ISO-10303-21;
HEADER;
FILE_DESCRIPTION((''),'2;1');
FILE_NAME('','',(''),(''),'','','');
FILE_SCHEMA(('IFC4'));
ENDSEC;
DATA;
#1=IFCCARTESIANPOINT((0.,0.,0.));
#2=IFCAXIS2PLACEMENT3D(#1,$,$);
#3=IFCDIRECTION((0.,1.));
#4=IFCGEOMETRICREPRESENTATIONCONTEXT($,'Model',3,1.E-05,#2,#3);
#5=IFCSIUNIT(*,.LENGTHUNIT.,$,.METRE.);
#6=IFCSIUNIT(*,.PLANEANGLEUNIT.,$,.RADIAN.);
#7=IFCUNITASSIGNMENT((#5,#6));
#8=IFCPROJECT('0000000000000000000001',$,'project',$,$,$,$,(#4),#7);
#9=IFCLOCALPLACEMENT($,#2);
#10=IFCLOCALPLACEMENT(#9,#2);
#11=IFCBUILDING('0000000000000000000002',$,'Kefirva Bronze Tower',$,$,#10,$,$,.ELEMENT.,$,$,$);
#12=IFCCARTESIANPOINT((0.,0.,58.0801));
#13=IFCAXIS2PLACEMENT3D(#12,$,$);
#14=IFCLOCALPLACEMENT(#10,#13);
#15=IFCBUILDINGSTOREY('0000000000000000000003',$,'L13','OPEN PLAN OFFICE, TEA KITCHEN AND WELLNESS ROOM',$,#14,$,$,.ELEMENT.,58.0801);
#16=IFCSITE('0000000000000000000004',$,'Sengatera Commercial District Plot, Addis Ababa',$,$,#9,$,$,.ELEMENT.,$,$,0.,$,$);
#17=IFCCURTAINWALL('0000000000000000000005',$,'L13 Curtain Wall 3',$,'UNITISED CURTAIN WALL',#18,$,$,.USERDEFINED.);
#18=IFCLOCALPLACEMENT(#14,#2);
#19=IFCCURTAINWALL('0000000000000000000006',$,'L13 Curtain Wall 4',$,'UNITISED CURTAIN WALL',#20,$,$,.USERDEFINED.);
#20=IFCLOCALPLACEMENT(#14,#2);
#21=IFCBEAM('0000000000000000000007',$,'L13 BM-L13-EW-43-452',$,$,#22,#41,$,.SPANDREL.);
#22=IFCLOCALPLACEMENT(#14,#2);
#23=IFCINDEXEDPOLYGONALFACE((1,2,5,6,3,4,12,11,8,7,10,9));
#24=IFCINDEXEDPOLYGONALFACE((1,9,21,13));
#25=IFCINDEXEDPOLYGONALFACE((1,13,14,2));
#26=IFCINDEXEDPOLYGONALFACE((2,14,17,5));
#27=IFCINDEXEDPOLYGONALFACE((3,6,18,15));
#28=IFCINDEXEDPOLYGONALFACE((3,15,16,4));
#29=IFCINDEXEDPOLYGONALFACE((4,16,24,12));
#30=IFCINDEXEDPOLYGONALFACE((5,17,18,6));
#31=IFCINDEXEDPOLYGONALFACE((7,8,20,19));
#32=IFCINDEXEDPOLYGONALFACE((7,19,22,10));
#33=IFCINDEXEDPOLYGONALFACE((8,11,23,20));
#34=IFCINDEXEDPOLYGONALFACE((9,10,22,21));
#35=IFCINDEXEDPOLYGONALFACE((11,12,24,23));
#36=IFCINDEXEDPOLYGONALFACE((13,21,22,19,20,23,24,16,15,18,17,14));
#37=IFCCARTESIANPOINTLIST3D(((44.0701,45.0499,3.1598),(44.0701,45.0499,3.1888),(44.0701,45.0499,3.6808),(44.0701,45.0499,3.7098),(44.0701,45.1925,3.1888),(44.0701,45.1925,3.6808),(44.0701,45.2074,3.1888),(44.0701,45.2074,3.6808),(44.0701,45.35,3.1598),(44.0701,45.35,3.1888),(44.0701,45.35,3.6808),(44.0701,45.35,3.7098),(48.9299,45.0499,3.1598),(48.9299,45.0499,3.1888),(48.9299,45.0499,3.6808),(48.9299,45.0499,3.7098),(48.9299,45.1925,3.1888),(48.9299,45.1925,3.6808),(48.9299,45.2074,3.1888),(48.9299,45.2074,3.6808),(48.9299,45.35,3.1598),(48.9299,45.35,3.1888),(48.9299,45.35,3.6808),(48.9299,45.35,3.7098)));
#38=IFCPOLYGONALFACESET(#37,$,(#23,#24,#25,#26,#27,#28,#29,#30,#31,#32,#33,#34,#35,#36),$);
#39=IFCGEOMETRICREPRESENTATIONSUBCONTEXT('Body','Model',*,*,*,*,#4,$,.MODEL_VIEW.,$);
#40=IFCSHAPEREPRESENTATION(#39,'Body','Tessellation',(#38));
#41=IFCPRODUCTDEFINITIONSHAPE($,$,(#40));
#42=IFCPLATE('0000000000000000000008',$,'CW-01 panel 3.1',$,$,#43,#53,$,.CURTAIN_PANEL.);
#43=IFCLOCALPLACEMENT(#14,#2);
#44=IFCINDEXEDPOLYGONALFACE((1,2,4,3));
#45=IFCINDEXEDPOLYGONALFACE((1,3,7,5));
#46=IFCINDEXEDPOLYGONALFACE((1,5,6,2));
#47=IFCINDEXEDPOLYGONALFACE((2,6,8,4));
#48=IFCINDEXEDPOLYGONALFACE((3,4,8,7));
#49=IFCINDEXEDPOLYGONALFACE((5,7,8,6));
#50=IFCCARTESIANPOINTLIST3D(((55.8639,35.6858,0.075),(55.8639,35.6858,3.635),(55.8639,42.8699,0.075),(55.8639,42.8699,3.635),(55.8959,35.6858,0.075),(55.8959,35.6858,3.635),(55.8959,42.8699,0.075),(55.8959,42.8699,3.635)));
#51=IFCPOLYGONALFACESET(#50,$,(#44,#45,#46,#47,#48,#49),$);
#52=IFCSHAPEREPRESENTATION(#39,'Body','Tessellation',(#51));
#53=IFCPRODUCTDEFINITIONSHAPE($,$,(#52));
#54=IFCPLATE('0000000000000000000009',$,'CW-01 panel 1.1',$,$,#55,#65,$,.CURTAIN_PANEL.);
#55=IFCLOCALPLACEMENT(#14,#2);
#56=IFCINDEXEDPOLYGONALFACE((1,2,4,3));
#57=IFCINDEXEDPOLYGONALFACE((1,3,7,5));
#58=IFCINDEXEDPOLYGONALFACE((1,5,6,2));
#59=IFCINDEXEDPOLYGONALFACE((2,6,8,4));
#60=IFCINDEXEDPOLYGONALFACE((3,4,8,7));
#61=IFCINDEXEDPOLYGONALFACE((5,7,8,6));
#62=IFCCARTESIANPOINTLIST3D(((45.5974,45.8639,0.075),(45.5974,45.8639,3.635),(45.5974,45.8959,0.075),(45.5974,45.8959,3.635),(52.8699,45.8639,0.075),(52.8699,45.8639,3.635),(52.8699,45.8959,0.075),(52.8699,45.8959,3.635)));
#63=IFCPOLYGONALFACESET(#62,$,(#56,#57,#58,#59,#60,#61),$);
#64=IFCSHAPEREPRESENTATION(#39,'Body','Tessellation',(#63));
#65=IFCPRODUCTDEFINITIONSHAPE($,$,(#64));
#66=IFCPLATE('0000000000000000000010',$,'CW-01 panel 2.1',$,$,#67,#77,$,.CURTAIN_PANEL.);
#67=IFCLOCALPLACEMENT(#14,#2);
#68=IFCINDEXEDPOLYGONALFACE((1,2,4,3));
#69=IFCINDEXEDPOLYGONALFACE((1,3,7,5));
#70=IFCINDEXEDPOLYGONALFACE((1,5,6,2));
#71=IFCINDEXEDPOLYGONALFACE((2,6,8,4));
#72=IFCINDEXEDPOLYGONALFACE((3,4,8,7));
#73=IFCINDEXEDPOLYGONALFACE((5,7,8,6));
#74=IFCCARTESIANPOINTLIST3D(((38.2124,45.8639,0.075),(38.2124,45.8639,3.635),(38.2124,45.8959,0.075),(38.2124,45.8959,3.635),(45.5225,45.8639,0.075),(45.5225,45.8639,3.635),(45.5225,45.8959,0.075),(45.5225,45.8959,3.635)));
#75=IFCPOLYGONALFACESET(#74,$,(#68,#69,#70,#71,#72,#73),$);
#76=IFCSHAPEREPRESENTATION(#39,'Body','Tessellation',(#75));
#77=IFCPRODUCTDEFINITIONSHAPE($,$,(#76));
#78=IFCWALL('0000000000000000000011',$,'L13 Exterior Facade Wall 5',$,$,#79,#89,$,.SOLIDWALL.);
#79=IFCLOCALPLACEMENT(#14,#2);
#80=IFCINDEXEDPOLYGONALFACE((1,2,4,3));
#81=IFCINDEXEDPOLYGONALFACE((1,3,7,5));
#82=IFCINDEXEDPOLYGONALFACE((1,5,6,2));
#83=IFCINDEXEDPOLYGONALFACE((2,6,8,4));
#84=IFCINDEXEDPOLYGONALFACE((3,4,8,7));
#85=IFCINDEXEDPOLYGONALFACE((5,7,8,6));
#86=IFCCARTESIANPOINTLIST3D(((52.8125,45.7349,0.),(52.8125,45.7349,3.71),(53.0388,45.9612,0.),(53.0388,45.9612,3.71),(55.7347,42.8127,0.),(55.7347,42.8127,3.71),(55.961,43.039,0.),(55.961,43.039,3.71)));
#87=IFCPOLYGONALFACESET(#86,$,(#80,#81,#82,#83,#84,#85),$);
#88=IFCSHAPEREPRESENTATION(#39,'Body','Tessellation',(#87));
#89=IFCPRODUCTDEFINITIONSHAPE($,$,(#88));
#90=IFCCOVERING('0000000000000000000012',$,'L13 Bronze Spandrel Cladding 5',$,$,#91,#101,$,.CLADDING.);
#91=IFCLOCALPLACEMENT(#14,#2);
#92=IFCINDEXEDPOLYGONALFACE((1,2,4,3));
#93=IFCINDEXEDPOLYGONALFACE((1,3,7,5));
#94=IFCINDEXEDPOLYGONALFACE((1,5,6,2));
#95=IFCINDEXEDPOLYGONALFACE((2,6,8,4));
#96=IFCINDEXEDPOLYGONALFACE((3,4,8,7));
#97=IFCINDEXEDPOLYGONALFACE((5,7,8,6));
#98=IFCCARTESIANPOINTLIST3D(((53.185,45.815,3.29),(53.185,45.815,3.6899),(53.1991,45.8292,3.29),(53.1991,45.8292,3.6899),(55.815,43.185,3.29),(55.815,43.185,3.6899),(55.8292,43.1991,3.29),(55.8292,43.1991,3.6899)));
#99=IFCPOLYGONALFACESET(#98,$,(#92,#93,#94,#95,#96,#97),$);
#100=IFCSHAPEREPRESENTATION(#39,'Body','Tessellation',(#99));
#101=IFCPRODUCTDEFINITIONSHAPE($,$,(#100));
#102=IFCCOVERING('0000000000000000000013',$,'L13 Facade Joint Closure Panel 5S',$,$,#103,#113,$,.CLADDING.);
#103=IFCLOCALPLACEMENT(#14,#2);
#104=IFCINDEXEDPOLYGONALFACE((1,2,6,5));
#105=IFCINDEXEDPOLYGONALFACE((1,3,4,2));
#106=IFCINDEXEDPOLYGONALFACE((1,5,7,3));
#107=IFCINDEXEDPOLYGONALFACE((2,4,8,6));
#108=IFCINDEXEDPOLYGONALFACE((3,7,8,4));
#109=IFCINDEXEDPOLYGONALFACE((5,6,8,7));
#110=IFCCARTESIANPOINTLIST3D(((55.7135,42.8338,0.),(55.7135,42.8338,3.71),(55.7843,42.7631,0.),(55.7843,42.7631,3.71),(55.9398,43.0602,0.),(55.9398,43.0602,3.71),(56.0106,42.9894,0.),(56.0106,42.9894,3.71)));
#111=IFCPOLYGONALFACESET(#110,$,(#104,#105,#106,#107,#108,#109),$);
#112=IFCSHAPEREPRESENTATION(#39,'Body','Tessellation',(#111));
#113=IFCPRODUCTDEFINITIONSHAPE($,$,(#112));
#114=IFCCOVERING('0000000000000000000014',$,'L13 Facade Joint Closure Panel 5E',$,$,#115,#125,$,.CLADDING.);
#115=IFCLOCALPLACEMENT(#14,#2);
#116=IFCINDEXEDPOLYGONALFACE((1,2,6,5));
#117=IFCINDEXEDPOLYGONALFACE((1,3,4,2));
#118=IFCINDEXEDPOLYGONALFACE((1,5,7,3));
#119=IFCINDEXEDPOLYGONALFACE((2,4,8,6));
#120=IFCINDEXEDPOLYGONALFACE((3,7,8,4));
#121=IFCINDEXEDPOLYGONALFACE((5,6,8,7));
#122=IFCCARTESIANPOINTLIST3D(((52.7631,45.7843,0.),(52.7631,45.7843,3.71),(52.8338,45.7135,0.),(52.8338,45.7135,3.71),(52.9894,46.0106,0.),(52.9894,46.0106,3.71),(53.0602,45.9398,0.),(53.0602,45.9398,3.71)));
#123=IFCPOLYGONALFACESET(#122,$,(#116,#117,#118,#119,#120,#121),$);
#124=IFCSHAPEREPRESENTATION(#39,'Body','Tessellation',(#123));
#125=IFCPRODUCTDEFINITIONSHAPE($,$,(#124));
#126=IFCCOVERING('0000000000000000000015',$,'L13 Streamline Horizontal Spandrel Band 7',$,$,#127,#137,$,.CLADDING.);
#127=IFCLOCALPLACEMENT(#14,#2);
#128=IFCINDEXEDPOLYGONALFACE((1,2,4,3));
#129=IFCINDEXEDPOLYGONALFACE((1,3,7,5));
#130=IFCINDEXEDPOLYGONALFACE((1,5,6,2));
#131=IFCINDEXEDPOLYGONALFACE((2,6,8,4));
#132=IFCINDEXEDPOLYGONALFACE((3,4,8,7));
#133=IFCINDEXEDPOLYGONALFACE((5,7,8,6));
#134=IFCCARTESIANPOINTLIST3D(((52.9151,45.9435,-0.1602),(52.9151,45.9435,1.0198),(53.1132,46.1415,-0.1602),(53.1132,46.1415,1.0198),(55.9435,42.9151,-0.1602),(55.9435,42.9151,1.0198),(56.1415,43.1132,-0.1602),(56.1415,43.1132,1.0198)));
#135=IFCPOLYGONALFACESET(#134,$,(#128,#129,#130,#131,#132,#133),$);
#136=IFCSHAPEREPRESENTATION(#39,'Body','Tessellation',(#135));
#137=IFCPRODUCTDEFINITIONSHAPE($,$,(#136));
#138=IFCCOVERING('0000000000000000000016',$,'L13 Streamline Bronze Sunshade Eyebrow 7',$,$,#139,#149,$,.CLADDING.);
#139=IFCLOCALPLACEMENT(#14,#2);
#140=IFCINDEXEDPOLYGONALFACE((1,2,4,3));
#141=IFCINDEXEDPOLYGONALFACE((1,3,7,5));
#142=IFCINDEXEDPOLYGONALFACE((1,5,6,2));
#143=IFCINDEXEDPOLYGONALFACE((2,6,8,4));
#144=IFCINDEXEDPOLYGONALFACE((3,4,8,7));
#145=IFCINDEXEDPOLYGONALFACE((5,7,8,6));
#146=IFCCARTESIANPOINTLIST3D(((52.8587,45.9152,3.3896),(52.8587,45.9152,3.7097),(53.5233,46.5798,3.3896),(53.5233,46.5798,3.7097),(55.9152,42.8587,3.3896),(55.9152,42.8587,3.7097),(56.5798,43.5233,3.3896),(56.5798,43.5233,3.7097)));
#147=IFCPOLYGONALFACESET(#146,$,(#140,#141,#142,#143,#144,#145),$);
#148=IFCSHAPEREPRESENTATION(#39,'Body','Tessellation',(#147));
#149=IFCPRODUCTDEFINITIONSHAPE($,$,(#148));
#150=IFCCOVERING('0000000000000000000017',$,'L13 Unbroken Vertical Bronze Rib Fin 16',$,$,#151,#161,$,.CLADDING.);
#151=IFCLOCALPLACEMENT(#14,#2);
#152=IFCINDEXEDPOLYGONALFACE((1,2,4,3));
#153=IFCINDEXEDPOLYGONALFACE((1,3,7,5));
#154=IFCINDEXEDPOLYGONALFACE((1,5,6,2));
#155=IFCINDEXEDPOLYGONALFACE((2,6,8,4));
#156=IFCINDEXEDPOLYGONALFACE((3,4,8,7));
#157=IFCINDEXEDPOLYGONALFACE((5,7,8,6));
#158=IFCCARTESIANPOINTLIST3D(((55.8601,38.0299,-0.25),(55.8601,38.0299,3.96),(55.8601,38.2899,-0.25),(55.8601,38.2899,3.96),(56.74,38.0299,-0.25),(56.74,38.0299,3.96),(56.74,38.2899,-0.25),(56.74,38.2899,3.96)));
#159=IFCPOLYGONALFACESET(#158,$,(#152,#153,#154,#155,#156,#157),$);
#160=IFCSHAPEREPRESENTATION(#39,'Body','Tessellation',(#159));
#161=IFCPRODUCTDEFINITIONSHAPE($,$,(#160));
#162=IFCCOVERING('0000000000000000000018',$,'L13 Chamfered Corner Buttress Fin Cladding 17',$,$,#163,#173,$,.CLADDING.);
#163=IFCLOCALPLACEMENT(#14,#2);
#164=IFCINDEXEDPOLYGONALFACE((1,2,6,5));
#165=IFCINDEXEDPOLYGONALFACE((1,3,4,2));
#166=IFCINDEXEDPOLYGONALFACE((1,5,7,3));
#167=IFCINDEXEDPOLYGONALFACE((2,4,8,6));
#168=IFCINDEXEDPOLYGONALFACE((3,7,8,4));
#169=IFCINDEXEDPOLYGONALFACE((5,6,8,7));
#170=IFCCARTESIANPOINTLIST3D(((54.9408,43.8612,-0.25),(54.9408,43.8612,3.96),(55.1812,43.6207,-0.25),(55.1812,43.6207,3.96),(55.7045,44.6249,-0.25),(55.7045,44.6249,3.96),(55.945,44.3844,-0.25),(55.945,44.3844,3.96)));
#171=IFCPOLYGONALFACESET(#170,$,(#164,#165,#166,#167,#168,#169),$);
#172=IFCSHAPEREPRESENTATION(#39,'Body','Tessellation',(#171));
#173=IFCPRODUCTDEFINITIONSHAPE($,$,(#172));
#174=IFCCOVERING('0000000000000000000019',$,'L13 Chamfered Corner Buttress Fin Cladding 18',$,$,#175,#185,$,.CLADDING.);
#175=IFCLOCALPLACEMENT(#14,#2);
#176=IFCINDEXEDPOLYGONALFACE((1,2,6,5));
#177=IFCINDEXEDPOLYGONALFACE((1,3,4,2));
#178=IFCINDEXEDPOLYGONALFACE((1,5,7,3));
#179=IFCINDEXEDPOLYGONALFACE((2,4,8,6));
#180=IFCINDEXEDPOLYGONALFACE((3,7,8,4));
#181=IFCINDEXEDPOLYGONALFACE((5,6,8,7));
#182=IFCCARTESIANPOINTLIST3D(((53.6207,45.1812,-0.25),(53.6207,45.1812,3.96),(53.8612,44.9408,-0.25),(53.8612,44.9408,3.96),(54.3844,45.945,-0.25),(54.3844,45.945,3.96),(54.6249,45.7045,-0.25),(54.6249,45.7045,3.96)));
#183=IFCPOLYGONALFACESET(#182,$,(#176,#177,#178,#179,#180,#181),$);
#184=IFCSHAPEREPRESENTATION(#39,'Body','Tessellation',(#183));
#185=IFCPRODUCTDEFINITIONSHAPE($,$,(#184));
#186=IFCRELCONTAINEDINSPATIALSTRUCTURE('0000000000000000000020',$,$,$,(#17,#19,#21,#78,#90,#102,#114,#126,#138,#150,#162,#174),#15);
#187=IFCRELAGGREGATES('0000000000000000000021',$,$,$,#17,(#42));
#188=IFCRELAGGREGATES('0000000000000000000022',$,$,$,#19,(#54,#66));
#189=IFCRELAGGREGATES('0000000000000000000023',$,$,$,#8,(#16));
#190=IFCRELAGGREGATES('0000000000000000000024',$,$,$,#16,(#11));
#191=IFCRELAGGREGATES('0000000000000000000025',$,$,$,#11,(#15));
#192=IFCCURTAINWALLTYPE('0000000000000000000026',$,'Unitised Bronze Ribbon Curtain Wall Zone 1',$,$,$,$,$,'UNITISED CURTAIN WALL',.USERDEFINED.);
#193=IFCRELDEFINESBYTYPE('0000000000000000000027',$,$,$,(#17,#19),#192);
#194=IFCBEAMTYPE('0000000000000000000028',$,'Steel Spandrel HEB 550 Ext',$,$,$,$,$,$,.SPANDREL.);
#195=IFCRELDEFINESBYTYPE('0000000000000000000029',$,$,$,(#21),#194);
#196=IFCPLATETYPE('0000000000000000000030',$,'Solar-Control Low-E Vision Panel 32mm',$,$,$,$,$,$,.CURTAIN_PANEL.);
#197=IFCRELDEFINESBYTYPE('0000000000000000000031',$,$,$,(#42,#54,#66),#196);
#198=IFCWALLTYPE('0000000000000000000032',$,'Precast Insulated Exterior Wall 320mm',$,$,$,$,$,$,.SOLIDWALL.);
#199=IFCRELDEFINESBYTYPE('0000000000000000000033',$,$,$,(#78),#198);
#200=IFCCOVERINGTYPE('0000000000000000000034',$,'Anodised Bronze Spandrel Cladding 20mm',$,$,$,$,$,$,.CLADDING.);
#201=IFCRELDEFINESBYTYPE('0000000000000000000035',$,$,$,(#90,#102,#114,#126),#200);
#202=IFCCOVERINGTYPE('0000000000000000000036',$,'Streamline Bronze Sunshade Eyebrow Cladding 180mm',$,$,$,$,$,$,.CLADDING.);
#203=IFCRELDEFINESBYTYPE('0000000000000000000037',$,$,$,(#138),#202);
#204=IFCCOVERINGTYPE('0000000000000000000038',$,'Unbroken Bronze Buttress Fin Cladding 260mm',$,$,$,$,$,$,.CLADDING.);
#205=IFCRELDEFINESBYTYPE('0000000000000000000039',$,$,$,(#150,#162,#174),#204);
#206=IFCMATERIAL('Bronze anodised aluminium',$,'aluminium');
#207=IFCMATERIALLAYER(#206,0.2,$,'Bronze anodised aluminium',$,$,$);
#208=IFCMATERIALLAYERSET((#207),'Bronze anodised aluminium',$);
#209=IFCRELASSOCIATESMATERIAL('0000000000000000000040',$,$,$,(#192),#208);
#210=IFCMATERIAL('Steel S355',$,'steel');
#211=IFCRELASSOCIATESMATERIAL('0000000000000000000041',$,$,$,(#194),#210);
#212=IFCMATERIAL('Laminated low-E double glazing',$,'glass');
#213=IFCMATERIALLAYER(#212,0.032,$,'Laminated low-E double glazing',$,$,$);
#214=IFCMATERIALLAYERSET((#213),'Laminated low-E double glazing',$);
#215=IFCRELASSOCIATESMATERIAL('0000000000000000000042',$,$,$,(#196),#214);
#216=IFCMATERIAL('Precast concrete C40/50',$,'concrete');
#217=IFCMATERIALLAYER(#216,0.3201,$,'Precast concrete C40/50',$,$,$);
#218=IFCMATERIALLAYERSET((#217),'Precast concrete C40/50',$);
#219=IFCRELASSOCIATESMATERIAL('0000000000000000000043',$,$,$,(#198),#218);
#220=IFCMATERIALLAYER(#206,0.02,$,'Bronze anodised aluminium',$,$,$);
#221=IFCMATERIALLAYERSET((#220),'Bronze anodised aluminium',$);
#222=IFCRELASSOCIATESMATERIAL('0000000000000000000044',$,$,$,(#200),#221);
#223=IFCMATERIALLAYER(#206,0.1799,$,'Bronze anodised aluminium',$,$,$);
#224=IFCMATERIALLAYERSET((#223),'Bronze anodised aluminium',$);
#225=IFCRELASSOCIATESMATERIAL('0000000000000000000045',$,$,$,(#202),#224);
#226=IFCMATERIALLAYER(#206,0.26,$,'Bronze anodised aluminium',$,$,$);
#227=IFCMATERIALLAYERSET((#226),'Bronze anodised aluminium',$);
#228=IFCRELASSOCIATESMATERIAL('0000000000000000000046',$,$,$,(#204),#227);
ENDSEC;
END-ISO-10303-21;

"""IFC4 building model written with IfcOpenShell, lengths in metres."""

from ifc_helpers import new_model, si_unit, direction, frame, frame_2d, origin, origin_2d, place, context, subcontext, project, spatial, rectangle, i_section, extrude, material, layer, layer_set, material_profile, profile_set, type_object, element, aggregate, save


model = new_model("IFC4")

# Units and contexts
model_context = context("Model", 3, precision=1e-05, world=origin(), true_north=direction((0.0, 1.0)))
body_context = subcontext(model_context, "Body", "Model", "MODEL_VIEW")
ifc_project = project(units=[si_unit("LENGTHUNIT", "METRE"), si_unit("PLANEANGLEUNIT", "RADIAN")], contexts=[model_context])

# Site, building, storey
site_placement = place(None, origin())
site = spatial("IfcSite", under=ifc_project, at=site_placement, Name="Sengatera Commercial District Plot, Addis Ababa", CompositionType="ELEMENT", RefElevation=0.0)
building_placement = place(site_placement, origin())
building = spatial("IfcBuilding", under=site, at=building_placement, Name="Kefirva Bronze Tower", CompositionType="ELEMENT")
storey_placement = place(building_placement, frame((0.0, 0.0, 58.0801)))
storey = spatial("IfcBuildingStorey", under=building, at=storey_placement, Name="L13", Description="OPEN PLAN OFFICE, TEA KITCHEN AND WELLNESS ROOM", CompositionType="ELEMENT", Elevation=58.0801)

# Curtain wall
ifc_material_1 = material(Name="Bronze anodised aluminium", Category="aluminium")
ifc_layer_1 = layer(ifc_material_1, 0.2, Name="Bronze anodised aluminium")
ifc_layer_set_1 = layer_set([ifc_layer_1], Name="Bronze anodised aluminium")
curtain_wall_type = type_object("IfcCurtainWallType", Name="Unitised Bronze Ribbon Curtain Wall Zone 1", ElementType="UNITISED CURTAIN WALL", PredefinedType="USERDEFINED", material=ifc_layer_set_1)
curtain_wall_1_placement = place(storey_placement, origin())
curtain_wall_1 = element("IfcCurtainWall", 1, at=curtain_wall_1_placement, inside=storey, type_object=curtain_wall_type, Name="L13 Curtain Wall 3", ObjectType="UNITISED CURTAIN WALL", PredefinedType="USERDEFINED")

# Curtain wall
curtain_wall_2_placement = place(storey_placement, origin())
curtain_wall_2 = element("IfcCurtainWall", 2, at=curtain_wall_2_placement, inside=storey, type_object=curtain_wall_type, Name="L13 Curtain Wall 4", ObjectType="UNITISED CURTAIN WALL", PredefinedType="USERDEFINED")

# Beam
ifc_material_2 = material(Name="Steel S355", Category="steel")
ifc_material_profile_1 = material_profile(ifc_material_2, i_section(OverallWidth=0.3, OverallDepth=0.55, WebThickness=0.0149, FlangeThickness=0.0291, at=origin_2d()), Name="HEB 550")
ifc_profile_set_1 = profile_set([ifc_material_profile_1], Name="Steel S355")
beam_type_1 = type_object("IfcBeamType", Name="Steel Spandrel HEB 550 Ext", PredefinedType="SPANDREL", material=ifc_profile_set_1)
beam_1_placement = place(storey_placement, frame((44.0701, 45.2, 3.4348), z_axis=(1.0, 0.0, 0.0), x_axis=(0.0, 1.0, 0.0)))
element("IfcBeam", 3, at=beam_1_placement, inside=storey, type_object=beam_type_1, Name="L13 BM-L13-EW-43-452", PredefinedType="SPANDREL", context=body_context, shape_type="SweptSolid", body=[
    extrude(i_section(OverallWidth=0.3, OverallDepth=0.55, WebThickness=0.0149, FlangeThickness=0.0291, at=origin_2d()), origin(), (0.0, 0.0, 1.0), 4.8599),
])

# Plates
ifc_material_3 = material(Name="Laminated low-E double glazing", Category="glass")
ifc_layer_2 = layer(ifc_material_3, 0.032, Name="Laminated low-E double glazing")
ifc_layer_set_2 = layer_set([ifc_layer_2], Name="Laminated low-E double glazing")
plate_type = type_object("IfcPlateType", Name="Solar-Control Low-E Vision Panel 32mm", PredefinedType="CURTAIN_PANEL", material=ifc_layer_set_2)
plate_1_placement = place(storey_placement, frame((55.8799, 39.2778, 0.075), z_axis=(0.0, 0.0, 1.0), x_axis=(0.0, 1.0, 0.0)))
plate_1 = element("IfcPlate", 4, at=plate_1_placement, type_object=plate_type, Name="CW-01 panel 3.1", PredefinedType="CURTAIN_PANEL", context=body_context, shape_type="SweptSolid", body=[
    extrude(rectangle(XDim=7.1841, YDim=0.032, at=origin_2d()), origin(), (0.0, 0.0, 1.0), 3.5601),
])
aggregate(curtain_wall_1, [plate_1])
plate_2_placement = place(storey_placement, frame((49.2336, 45.8799, 0.075), z_axis=(0.0, 0.0, 1.0), x_axis=(-1.0, 0.0, 0.0)))
plate_2 = element("IfcPlate", 5, at=plate_2_placement, type_object=plate_type, Name="CW-01 panel 1.1", PredefinedType="CURTAIN_PANEL", context=body_context, shape_type="SweptSolid", body=[
    extrude(rectangle(XDim=7.2725, YDim=0.032, at=origin_2d()), origin(), (0.0, 0.0, 1.0), 3.5601),
])
plate_3_placement = place(storey_placement, frame((41.8674, 45.8799, 0.075), z_axis=(0.0, 0.0, 1.0), x_axis=(-1.0, 0.0, 0.0)))
plate_3 = element("IfcPlate", 6, at=plate_3_placement, type_object=plate_type, Name="CW-01 panel 2.1", PredefinedType="CURTAIN_PANEL", context=body_context, shape_type="SweptSolid", body=[
    extrude(rectangle(XDim=7.3101, YDim=0.032, at=origin_2d()), origin(), (0.0, 0.0, 1.0), 3.5601),
])
aggregate(curtain_wall_2, [plate_2, plate_3])

# Wall
ifc_material_4 = material(Name="Precast concrete C40/50", Category="concrete")
ifc_layer_3 = layer(ifc_material_4, 0.3201, Name="Precast concrete C40/50")
ifc_layer_set_3 = layer_set([ifc_layer_3], Name="Precast concrete C40/50")
wall_type = type_object("IfcWallType", Name="Precast Insulated Exterior Wall 320mm", PredefinedType="SOLIDWALL", material=ifc_layer_set_3)
wall_placement = place(storey_placement, frame((55.8479, 42.9258, 0.0), z_axis=(0.0, 0.0, 1.0), x_axis=(-0.707107, 0.707107, 0.0)))
element("IfcWall", 7, at=wall_placement, inside=storey, type_object=wall_type, Name="L13 Exterior Facade Wall 5", PredefinedType="SOLIDWALL", context=body_context, shape_type="SweptSolid", body=[
    extrude(rectangle(XDim=4.1326, YDim=0.3201, at=frame_2d((2.0664, 0.0))), origin(), (0.0, 0.0, 1.0), 3.71),
])

# Coverings
ifc_layer_4 = layer(ifc_material_1, 0.02, Name="Bronze anodised aluminium")
ifc_layer_set_4 = layer_set([ifc_layer_4], Name="Bronze anodised aluminium")
covering_type_1 = type_object("IfcCoveringType", Name="Anodised Bronze Spandrel Cladding 20mm", PredefinedType="CLADDING", material=ifc_layer_set_4)
covering_1_placement = place(storey_placement, frame((54.5071, 44.5071, 3.29), z_axis=(0.0, 0.0, 1.0), x_axis=(-0.707107, 0.707107, 0.0)))
element("IfcCovering", 8, at=covering_1_placement, inside=storey, type_object=covering_type_1, Name="L13 Bronze Spandrel Cladding 5", PredefinedType="CLADDING", context=body_context, shape_type="SweptSolid", body=[
    extrude(rectangle(XDim=3.7195, YDim=0.02, at=origin_2d()), origin(), (0.0, 0.0, 1.0), 0.3999),
])
for number, where, z_axis, x_axis, name in (
    (9, (55.8621, 42.9116, 0.0), (0.0, 0.0, 1.0), (-0.707107, 0.707107, 0.0), "L13 Facade Joint Closure Panel 5S"),
    (10, (52.9116, 45.8621, 0.0), (0.0, 0.0, 1.0), (-0.707107, 0.707107, 0.0), "L13 Facade Joint Closure Panel 5E"),
):
    element("IfcCovering", number, at=place(storey_placement, frame(where, z_axis=z_axis, x_axis=x_axis)), inside=storey, type_object=covering_type_1, Name=name, PredefinedType="CLADDING", context=body_context, shape_type="SweptSolid", body=[
        extrude(rectangle(XDim=0.1001, YDim=0.3201, at=origin_2d()), origin(), (0.0, 0.0, 1.0), 3.71),
    ])
covering_2_placement = place(storey_placement, frame((54.5283, 44.5283, -0.1602), z_axis=(0.0, 0.0, 1.0), x_axis=(-0.707107, 0.707107, 0.0)))
element("IfcCovering", 11, at=covering_2_placement, inside=storey, type_object=covering_type_1, Name="L13 Streamline Horizontal Spandrel Band 7", PredefinedType="CLADDING", context=body_context, shape_type="SweptSolid", body=[
    extrude(rectangle(XDim=4.2827, YDim=0.28, at=origin_2d()), origin(), (0.0, 0.0, 1.0), 1.1799),
])
ifc_layer_5 = layer(ifc_material_1, 0.1799, Name="Bronze anodised aluminium")
ifc_layer_set_5 = layer_set([ifc_layer_5], Name="Bronze anodised aluminium")
covering_type_2 = type_object("IfcCoveringType", Name="Streamline Bronze Sunshade Eyebrow Cladding 180mm", PredefinedType="CLADDING", material=ifc_layer_set_5)
covering_3_placement = place(storey_placement, frame((54.7192, 44.7192, 3.3896), z_axis=(0.0, 0.0, 1.0), x_axis=(-0.707107, 0.707107, 0.0)))
element("IfcCovering", 12, at=covering_3_placement, inside=storey, type_object=covering_type_2, Name="L13 Streamline Bronze Sunshade Eyebrow 7", PredefinedType="CLADDING", context=body_context, shape_type="SweptSolid", body=[
    extrude(rectangle(XDim=4.3225, YDim=0.9399, at=origin_2d()), origin(), (0.0, 0.0, 1.0), 0.3201),
])
ifc_layer_6 = layer(ifc_material_1, 0.26, Name="Bronze anodised aluminium")
ifc_layer_set_6 = layer_set([ifc_layer_6], Name="Bronze anodised aluminium")
covering_type_3 = type_object("IfcCoveringType", Name="Unbroken Bronze Buttress Fin Cladding 260mm", PredefinedType="CLADDING", material=ifc_layer_set_6)
covering_4_placement = place(storey_placement, frame((56.3, 38.1599, -0.25), z_axis=(0.0, 0.0, 1.0), x_axis=(0.0, 1.0, 0.0)))
element("IfcCovering", 13, at=covering_4_placement, inside=storey, type_object=covering_type_3, Name="L13 Unbroken Vertical Bronze Rib Fin 16", PredefinedType="CLADDING", context=body_context, shape_type="SweptSolid", body=[
    extrude(rectangle(XDim=0.26, YDim=0.8799, at=origin_2d()), origin(), (0.0, 0.0, 1.0), 4.21),
])
for number, where, z_axis, x_axis, name in (
    (14, (55.4429, 44.1228, -0.25), (0.0, 0.0, 1.0), (-0.707107, 0.707107, 0.0), "L13 Chamfered Corner Buttress Fin Cladding 17"),
    (15, (54.1228, 45.4429, -0.25), (0.0, 0.0, 1.0), (-0.707107, 0.707107, 0.0), "L13 Chamfered Corner Buttress Fin Cladding 18"),
):
    element("IfcCovering", number, at=place(storey_placement, frame(where, z_axis=z_axis, x_axis=x_axis)), inside=storey, type_object=covering_type_3, Name=name, PredefinedType="CLADDING", context=body_context, shape_type="SweptSolid", body=[
        extrude(rectangle(XDim=0.3401, YDim=1.0801, at=origin_2d()), origin(), (0.0, 0.0, 1.0), 4.21),
    ])

save(model, "model.ifc")
